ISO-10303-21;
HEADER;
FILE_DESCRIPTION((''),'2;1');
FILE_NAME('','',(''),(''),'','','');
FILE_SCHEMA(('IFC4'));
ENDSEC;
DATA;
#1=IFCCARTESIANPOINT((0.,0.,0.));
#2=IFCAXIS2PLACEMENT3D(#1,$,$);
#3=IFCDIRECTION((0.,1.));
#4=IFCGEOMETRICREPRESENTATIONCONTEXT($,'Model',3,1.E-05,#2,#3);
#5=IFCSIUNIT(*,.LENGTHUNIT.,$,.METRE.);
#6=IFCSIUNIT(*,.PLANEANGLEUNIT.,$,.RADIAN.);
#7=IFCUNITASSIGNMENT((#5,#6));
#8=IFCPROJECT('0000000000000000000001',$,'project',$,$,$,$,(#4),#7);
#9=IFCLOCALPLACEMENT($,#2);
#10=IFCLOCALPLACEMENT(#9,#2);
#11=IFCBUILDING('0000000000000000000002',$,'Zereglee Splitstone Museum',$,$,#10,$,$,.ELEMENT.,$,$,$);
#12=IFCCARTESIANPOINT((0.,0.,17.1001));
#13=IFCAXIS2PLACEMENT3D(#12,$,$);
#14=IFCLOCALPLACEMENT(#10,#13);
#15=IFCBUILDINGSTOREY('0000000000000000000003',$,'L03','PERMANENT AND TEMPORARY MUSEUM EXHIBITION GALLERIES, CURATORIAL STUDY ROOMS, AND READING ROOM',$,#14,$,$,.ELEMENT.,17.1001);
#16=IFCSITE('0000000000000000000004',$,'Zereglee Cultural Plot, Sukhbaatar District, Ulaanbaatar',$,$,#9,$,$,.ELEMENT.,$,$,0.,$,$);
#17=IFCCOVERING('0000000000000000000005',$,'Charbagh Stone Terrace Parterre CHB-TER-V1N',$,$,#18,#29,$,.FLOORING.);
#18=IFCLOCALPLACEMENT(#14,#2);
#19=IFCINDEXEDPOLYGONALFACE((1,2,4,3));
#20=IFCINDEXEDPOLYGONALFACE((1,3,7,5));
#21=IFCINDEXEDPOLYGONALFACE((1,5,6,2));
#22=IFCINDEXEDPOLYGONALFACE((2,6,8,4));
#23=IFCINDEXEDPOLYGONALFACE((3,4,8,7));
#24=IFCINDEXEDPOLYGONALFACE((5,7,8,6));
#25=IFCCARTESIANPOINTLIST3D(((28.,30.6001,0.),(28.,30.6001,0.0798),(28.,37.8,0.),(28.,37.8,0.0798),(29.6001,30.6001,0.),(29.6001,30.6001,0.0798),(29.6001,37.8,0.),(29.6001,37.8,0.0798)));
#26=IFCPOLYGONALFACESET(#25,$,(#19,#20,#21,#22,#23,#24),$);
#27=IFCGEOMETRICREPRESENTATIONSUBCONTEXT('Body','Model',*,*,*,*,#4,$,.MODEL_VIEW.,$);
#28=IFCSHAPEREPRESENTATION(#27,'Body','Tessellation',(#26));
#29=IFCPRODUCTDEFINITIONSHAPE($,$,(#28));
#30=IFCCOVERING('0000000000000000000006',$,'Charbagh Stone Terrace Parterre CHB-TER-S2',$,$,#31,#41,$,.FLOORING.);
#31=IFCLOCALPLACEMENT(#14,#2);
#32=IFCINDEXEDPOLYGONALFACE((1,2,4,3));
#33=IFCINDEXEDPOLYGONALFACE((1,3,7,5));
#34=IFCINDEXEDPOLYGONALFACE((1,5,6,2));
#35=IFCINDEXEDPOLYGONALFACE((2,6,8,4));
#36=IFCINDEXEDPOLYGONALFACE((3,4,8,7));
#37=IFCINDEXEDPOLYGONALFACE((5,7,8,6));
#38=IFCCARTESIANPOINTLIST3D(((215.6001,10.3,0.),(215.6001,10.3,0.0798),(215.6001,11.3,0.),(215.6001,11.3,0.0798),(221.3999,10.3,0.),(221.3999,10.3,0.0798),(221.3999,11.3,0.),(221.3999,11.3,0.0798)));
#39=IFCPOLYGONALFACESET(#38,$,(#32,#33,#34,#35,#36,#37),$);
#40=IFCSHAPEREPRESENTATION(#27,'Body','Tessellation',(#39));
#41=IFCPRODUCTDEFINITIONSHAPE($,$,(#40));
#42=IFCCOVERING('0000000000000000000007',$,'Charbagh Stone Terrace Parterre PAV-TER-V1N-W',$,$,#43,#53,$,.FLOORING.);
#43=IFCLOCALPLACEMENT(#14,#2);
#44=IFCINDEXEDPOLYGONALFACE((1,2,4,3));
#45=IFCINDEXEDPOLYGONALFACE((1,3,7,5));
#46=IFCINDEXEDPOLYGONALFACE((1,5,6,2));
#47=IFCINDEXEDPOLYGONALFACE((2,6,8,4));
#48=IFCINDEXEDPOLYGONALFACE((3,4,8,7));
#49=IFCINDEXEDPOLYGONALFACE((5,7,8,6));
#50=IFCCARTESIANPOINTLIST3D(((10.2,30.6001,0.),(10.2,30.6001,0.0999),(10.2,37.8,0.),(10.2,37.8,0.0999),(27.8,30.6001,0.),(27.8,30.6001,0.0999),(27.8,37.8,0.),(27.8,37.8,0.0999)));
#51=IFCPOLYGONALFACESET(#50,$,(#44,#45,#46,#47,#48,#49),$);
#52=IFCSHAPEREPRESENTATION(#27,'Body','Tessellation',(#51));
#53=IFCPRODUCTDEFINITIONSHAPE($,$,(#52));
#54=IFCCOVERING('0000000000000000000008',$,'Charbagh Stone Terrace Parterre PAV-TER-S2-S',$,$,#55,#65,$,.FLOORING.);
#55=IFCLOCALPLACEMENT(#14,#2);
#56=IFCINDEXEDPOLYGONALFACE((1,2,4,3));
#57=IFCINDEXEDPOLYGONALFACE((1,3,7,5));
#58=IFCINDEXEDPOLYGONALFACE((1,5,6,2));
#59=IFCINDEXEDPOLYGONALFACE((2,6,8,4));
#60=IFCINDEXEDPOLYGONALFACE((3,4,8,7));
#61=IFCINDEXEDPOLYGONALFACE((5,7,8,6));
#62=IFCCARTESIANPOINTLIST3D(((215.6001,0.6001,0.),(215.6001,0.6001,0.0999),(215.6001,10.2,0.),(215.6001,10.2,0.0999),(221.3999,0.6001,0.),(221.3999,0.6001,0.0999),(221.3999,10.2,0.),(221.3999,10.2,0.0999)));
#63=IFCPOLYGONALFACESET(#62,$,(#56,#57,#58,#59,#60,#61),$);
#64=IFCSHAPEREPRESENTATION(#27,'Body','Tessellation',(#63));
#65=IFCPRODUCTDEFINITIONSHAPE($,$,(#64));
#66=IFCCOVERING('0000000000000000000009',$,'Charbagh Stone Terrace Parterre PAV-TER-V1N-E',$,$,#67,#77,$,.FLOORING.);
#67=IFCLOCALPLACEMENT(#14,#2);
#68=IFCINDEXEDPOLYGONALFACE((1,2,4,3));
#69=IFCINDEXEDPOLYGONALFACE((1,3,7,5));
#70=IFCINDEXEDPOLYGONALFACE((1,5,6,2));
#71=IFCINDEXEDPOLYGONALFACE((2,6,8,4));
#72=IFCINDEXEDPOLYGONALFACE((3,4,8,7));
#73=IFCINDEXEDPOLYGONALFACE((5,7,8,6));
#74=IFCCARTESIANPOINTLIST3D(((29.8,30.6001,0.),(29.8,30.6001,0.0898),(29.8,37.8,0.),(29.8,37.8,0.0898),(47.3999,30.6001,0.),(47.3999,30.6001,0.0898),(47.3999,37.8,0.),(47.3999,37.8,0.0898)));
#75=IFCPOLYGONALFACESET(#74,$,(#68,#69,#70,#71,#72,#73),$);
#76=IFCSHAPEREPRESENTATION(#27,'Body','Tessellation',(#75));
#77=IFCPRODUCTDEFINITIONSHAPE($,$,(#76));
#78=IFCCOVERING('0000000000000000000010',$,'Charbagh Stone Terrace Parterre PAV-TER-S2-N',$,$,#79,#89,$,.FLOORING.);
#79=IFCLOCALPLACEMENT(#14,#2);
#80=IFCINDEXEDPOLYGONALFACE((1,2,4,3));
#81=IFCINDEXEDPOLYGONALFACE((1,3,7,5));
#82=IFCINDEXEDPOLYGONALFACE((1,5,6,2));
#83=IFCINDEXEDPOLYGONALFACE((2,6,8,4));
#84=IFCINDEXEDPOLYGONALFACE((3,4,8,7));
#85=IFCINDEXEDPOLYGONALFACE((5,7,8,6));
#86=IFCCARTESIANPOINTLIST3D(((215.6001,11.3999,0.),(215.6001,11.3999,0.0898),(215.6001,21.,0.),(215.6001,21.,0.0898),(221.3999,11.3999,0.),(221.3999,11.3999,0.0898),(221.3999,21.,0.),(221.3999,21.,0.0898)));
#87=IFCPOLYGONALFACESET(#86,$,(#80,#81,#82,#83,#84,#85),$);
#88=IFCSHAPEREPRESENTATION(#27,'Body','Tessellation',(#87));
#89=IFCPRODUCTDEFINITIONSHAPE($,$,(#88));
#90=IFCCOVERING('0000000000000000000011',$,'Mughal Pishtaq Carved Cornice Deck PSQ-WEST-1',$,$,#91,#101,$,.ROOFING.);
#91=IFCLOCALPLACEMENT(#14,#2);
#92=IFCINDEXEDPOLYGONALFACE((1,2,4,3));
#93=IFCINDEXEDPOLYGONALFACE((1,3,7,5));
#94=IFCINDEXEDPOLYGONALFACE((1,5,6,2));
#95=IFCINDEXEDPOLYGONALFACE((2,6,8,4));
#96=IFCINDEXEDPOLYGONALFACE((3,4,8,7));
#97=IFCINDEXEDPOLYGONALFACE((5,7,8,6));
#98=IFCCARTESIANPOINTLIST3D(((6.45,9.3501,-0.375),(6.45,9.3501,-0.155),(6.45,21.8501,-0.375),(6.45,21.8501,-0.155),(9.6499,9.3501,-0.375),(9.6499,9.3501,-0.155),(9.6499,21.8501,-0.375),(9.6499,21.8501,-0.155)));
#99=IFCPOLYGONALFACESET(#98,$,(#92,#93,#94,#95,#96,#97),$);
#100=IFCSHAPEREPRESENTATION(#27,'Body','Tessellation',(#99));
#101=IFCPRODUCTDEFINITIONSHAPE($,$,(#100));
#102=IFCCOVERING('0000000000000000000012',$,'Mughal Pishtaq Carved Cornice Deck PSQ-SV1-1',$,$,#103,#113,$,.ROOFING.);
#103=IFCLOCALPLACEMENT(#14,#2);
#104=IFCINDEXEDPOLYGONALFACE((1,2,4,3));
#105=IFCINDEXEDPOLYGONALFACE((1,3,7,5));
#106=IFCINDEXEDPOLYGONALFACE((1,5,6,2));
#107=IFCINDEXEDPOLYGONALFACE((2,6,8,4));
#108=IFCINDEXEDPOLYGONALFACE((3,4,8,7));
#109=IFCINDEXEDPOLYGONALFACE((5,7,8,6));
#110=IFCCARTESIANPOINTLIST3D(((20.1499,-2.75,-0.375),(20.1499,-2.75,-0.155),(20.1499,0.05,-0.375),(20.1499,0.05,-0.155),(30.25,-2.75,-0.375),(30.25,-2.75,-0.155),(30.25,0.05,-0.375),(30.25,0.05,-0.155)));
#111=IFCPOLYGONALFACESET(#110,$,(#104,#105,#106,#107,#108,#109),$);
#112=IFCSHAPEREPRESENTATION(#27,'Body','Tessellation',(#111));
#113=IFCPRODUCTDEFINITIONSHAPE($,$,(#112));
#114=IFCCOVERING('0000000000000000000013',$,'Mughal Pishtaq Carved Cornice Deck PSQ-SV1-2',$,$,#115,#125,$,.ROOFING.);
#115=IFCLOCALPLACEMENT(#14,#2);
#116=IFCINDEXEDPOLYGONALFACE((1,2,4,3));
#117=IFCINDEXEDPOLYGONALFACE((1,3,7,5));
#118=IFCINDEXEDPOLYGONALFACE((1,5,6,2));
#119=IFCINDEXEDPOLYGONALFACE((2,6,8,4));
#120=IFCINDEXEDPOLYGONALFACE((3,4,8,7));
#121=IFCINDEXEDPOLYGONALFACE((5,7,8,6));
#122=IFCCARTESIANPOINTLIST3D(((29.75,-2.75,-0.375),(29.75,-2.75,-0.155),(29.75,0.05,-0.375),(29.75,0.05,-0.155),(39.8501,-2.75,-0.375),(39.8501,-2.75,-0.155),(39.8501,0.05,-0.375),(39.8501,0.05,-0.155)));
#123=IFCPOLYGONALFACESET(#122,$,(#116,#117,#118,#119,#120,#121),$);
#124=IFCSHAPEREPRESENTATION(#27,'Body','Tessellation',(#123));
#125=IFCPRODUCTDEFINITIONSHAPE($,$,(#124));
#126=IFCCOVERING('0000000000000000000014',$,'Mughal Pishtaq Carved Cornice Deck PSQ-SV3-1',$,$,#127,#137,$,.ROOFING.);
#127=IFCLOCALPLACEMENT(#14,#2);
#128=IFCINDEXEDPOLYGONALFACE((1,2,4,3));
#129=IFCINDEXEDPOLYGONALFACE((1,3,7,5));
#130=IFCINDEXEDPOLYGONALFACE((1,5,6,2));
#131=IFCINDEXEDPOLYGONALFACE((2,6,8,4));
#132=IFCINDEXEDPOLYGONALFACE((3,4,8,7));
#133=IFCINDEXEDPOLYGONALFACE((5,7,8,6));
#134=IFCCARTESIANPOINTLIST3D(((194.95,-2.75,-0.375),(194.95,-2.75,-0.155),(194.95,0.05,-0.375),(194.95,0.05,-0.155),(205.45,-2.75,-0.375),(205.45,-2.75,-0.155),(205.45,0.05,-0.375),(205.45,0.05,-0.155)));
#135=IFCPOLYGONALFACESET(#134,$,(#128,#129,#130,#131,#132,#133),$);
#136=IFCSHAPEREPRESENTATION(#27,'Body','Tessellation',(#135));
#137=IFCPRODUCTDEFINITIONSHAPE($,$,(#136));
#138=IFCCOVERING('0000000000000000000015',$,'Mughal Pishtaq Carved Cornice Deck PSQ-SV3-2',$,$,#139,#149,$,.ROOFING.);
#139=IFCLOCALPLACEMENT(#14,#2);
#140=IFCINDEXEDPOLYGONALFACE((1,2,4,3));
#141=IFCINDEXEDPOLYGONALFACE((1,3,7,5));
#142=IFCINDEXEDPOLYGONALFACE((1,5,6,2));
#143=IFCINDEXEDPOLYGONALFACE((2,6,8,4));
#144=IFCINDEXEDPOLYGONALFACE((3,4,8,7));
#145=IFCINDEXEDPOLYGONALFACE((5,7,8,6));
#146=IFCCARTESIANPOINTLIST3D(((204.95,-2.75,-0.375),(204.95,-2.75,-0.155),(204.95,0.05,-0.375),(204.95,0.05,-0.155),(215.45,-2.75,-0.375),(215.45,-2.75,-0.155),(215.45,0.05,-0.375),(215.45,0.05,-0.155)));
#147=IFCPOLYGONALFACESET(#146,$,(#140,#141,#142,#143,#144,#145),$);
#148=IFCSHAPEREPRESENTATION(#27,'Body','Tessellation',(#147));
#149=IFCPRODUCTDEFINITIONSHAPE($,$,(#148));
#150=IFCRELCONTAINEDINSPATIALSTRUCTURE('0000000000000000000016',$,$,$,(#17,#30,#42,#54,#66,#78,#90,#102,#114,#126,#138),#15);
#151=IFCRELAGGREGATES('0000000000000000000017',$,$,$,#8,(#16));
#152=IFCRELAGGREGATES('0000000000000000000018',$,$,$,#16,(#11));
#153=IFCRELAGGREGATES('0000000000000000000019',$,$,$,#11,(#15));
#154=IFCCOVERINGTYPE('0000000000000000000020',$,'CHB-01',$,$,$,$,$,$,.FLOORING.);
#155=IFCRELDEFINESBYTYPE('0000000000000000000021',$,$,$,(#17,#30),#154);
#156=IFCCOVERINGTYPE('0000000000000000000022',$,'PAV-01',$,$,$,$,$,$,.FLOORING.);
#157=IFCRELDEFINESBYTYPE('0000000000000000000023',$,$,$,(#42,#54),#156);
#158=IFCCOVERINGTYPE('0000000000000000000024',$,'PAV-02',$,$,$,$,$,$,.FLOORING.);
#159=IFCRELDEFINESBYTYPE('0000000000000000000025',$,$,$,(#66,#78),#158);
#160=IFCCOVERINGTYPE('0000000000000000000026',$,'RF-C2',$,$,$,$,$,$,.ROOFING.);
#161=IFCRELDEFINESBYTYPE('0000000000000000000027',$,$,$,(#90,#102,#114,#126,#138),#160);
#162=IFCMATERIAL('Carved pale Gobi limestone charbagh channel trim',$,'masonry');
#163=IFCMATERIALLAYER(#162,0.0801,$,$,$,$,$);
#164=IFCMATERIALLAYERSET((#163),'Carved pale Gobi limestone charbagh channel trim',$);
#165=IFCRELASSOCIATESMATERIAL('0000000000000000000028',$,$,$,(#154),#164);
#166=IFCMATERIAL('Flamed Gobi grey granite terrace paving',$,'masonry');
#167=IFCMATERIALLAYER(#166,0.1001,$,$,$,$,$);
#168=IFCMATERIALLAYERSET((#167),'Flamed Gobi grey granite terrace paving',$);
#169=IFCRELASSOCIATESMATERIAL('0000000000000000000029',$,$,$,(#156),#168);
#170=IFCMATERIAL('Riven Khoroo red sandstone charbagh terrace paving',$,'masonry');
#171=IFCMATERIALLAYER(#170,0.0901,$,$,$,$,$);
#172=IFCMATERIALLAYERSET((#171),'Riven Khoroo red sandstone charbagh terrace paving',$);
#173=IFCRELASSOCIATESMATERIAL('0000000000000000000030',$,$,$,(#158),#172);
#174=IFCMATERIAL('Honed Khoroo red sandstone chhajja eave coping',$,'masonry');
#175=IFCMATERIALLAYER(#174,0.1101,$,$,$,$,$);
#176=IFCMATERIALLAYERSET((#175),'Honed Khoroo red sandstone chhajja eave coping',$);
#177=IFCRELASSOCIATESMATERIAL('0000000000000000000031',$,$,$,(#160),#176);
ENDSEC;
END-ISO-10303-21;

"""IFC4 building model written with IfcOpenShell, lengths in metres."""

from ifc_helpers import new_model, si_unit, direction, frame, origin, place, context, subcontext, project, spatial, polyline, outline, extrude, material, layer, layer_set, type_object, element, save


model = new_model("IFC4")

# Units and contexts
model_context = context("Model", 3, precision=1e-05, world=origin(), true_north=direction((0.0, 1.0)))
body_context = subcontext(model_context, "Body", "Model", "MODEL_VIEW")
ifc_project = project(units=[si_unit("LENGTHUNIT", "METRE"), si_unit("PLANEANGLEUNIT", "RADIAN")], contexts=[model_context])

# Site, building, storey
site_placement = place(None, origin())
site = spatial("IfcSite", under=ifc_project, at=site_placement, Name="Zereglee Cultural Plot, Sukhbaatar District, Ulaanbaatar", CompositionType="ELEMENT", RefElevation=0.0)
building_placement = place(site_placement, origin())
building = spatial("IfcBuilding", under=site, at=building_placement, Name="Zereglee Splitstone Museum", CompositionType="ELEMENT")
storey_placement = place(building_placement, frame((0.0, 0.0, 17.1001)))
storey = spatial("IfcBuildingStorey", under=building, at=storey_placement, Name="L03", Description="PERMANENT AND TEMPORARY MUSEUM EXHIBITION GALLERIES, CURATORIAL STUDY ROOMS, AND READING ROOM", CompositionType="ELEMENT", Elevation=17.1001)

# Coverings
ifc_material_1 = material(Name="Carved pale Gobi limestone charbagh channel trim", Category="masonry")
ifc_layer_1 = layer(ifc_material_1, 0.0801)
ifc_layer_set_1 = layer_set([ifc_layer_1], Name="Carved pale Gobi limestone charbagh channel trim")
covering_type_1 = type_object("IfcCoveringType", Name="CHB-01", PredefinedType="FLOORING", material=ifc_layer_set_1)
covering_1_placement = place(storey_placement, origin())
element("IfcCovering", 1, at=covering_1_placement, inside=storey, type_object=covering_type_1, Name="Charbagh Stone Terrace Parterre CHB-TER-V1N", PredefinedType="FLOORING", context=body_context, shape_type="SweptSolid", body=[
    extrude(outline(polyline([(28.0, 30.6001), (29.6001, 30.6001), (29.6001, 37.8), (28.0, 37.8), (28.0, 30.6001)])), origin(), (0.0, 0.0, 1.0), 0.0798),
])
covering_2_placement = place(storey_placement, origin())
element("IfcCovering", 2, at=covering_2_placement, inside=storey, type_object=covering_type_1, Name="Charbagh Stone Terrace Parterre CHB-TER-S2", PredefinedType="FLOORING", context=body_context, shape_type="SweptSolid", body=[
    extrude(outline(polyline([(215.6001, 10.3), (221.3999, 10.3), (221.3999, 11.3), (215.6001, 11.3), (215.6001, 10.3)])), origin(), (0.0, 0.0, 1.0), 0.0798),
])
ifc_material_2 = material(Name="Flamed Gobi grey granite terrace paving", Category="masonry")
ifc_layer_2 = layer(ifc_material_2, 0.1001)
ifc_layer_set_2 = layer_set([ifc_layer_2], Name="Flamed Gobi grey granite terrace paving")
covering_type_2 = type_object("IfcCoveringType", Name="PAV-01", PredefinedType="FLOORING", material=ifc_layer_set_2)
covering_3_placement = place(storey_placement, origin())
element("IfcCovering", 3, at=covering_3_placement, inside=storey, type_object=covering_type_2, Name="Charbagh Stone Terrace Parterre PAV-TER-V1N-W", PredefinedType="FLOORING", context=body_context, shape_type="SweptSolid", body=[
    extrude(outline(polyline([(10.2, 30.6001), (27.8, 30.6001), (27.8, 37.8), (10.2, 37.8), (10.2, 30.6001)])), origin(), (0.0, 0.0, 1.0), 0.0999),
])
covering_4_placement = place(storey_placement, origin())
element("IfcCovering", 4, at=covering_4_placement, inside=storey, type_object=covering_type_2, Name="Charbagh Stone Terrace Parterre PAV-TER-S2-S", PredefinedType="FLOORING", context=body_context, shape_type="SweptSolid", body=[
    extrude(outline(polyline([(215.6001, 0.6001), (221.3999, 0.6001), (221.3999, 10.2), (215.6001, 10.2), (215.6001, 0.6001)])), origin(), (0.0, 0.0, 1.0), 0.0999),
])
ifc_material_3 = material(Name="Riven Khoroo red sandstone charbagh terrace paving", Category="masonry")
ifc_layer_3 = layer(ifc_material_3, 0.0901)
ifc_layer_set_3 = layer_set([ifc_layer_3], Name="Riven Khoroo red sandstone charbagh terrace paving")
covering_type_3 = type_object("IfcCoveringType", Name="PAV-02", PredefinedType="FLOORING", material=ifc_layer_set_3)
covering_5_placement = place(storey_placement, origin())
element("IfcCovering", 5, at=covering_5_placement, inside=storey, type_object=covering_type_3, Name="Charbagh Stone Terrace Parterre PAV-TER-V1N-E", PredefinedType="FLOORING", context=body_context, shape_type="SweptSolid", body=[
    extrude(outline(polyline([(29.8, 30.6001), (47.3999, 30.6001), (47.3999, 37.8), (29.8, 37.8), (29.8, 30.6001)])), origin(), (0.0, 0.0, 1.0), 0.0898),
])
covering_6_placement = place(storey_placement, origin())
element("IfcCovering", 6, at=covering_6_placement, inside=storey, type_object=covering_type_3, Name="Charbagh Stone Terrace Parterre PAV-TER-S2-N", PredefinedType="FLOORING", context=body_context, shape_type="SweptSolid", body=[
    extrude(outline(polyline([(215.6001, 11.3999), (221.3999, 11.3999), (221.3999, 21.0), (215.6001, 21.0), (215.6001, 11.3999)])), origin(), (0.0, 0.0, 1.0), 0.0898),
])
ifc_material_4 = material(Name="Honed Khoroo red sandstone chhajja eave coping", Category="masonry")
ifc_layer_4 = layer(ifc_material_4, 0.1101)
ifc_layer_set_4 = layer_set([ifc_layer_4], Name="Honed Khoroo red sandstone chhajja eave coping")
covering_type_4 = type_object("IfcCoveringType", Name="RF-C2", PredefinedType="ROOFING", material=ifc_layer_set_4)
covering_7_placement = place(storey_placement, frame((0.0, 0.0, -0.375)))
element("IfcCovering", 7, at=covering_7_placement, inside=storey, type_object=covering_type_4, Name="Mughal Pishtaq Carved Cornice Deck PSQ-WEST-1", PredefinedType="ROOFING", context=body_context, shape_type="SweptSolid", body=[
    extrude(outline(polyline([(6.45, 9.3501), (9.6499, 9.3501), (9.6499, 21.8501), (6.45, 21.8501), (6.45, 9.3501)])), origin(), (0.0, 0.0, 1.0), 0.22),
])
covering_8_placement = place(storey_placement, frame((0.0, 0.0, -0.375)))
element("IfcCovering", 8, at=covering_8_placement, inside=storey, type_object=covering_type_4, Name="Mughal Pishtaq Carved Cornice Deck PSQ-SV1-1", PredefinedType="ROOFING", context=body_context, shape_type="SweptSolid", body=[
    extrude(outline(polyline([(20.1499, -2.75), (30.25, -2.75), (30.25, 0.05), (20.1499, 0.05), (20.1499, -2.75)])), origin(), (0.0, 0.0, 1.0), 0.22),
])
covering_9_placement = place(storey_placement, frame((0.0, 0.0, -0.375)))
element("IfcCovering", 9, at=covering_9_placement, inside=storey, type_object=covering_type_4, Name="Mughal Pishtaq Carved Cornice Deck PSQ-SV1-2", PredefinedType="ROOFING", context=body_context, shape_type="SweptSolid", body=[
    extrude(outline(polyline([(29.75, -2.75), (39.8501, -2.75), (39.8501, 0.05), (29.75, 0.05), (29.75, -2.75)])), origin(), (0.0, 0.0, 1.0), 0.22),
])
covering_10_placement = place(storey_placement, frame((0.0, 0.0, -0.375)))
element("IfcCovering", 10, at=covering_10_placement, inside=storey, type_object=covering_type_4, Name="Mughal Pishtaq Carved Cornice Deck PSQ-SV3-1", PredefinedType="ROOFING", context=body_context, shape_type="SweptSolid", body=[
    extrude(outline(polyline([(194.95, -2.75), (205.45, -2.75), (205.45, 0.05), (194.95, 0.05), (194.95, -2.75)])), origin(), (0.0, 0.0, 1.0), 0.22),
])
covering_11_placement = place(storey_placement, frame((0.0, 0.0, -0.375)))
element("IfcCovering", 11, at=covering_11_placement, inside=storey, type_object=covering_type_4, Name="Mughal Pishtaq Carved Cornice Deck PSQ-SV3-2", PredefinedType="ROOFING", context=body_context, shape_type="SweptSolid", body=[
    extrude(outline(polyline([(204.95, -2.75), (215.45, -2.75), (215.45, 0.05), (204.95, 0.05), (204.95, -2.75)])), origin(), (0.0, 0.0, 1.0), 0.22),
])

save(model, "model.ifc")
